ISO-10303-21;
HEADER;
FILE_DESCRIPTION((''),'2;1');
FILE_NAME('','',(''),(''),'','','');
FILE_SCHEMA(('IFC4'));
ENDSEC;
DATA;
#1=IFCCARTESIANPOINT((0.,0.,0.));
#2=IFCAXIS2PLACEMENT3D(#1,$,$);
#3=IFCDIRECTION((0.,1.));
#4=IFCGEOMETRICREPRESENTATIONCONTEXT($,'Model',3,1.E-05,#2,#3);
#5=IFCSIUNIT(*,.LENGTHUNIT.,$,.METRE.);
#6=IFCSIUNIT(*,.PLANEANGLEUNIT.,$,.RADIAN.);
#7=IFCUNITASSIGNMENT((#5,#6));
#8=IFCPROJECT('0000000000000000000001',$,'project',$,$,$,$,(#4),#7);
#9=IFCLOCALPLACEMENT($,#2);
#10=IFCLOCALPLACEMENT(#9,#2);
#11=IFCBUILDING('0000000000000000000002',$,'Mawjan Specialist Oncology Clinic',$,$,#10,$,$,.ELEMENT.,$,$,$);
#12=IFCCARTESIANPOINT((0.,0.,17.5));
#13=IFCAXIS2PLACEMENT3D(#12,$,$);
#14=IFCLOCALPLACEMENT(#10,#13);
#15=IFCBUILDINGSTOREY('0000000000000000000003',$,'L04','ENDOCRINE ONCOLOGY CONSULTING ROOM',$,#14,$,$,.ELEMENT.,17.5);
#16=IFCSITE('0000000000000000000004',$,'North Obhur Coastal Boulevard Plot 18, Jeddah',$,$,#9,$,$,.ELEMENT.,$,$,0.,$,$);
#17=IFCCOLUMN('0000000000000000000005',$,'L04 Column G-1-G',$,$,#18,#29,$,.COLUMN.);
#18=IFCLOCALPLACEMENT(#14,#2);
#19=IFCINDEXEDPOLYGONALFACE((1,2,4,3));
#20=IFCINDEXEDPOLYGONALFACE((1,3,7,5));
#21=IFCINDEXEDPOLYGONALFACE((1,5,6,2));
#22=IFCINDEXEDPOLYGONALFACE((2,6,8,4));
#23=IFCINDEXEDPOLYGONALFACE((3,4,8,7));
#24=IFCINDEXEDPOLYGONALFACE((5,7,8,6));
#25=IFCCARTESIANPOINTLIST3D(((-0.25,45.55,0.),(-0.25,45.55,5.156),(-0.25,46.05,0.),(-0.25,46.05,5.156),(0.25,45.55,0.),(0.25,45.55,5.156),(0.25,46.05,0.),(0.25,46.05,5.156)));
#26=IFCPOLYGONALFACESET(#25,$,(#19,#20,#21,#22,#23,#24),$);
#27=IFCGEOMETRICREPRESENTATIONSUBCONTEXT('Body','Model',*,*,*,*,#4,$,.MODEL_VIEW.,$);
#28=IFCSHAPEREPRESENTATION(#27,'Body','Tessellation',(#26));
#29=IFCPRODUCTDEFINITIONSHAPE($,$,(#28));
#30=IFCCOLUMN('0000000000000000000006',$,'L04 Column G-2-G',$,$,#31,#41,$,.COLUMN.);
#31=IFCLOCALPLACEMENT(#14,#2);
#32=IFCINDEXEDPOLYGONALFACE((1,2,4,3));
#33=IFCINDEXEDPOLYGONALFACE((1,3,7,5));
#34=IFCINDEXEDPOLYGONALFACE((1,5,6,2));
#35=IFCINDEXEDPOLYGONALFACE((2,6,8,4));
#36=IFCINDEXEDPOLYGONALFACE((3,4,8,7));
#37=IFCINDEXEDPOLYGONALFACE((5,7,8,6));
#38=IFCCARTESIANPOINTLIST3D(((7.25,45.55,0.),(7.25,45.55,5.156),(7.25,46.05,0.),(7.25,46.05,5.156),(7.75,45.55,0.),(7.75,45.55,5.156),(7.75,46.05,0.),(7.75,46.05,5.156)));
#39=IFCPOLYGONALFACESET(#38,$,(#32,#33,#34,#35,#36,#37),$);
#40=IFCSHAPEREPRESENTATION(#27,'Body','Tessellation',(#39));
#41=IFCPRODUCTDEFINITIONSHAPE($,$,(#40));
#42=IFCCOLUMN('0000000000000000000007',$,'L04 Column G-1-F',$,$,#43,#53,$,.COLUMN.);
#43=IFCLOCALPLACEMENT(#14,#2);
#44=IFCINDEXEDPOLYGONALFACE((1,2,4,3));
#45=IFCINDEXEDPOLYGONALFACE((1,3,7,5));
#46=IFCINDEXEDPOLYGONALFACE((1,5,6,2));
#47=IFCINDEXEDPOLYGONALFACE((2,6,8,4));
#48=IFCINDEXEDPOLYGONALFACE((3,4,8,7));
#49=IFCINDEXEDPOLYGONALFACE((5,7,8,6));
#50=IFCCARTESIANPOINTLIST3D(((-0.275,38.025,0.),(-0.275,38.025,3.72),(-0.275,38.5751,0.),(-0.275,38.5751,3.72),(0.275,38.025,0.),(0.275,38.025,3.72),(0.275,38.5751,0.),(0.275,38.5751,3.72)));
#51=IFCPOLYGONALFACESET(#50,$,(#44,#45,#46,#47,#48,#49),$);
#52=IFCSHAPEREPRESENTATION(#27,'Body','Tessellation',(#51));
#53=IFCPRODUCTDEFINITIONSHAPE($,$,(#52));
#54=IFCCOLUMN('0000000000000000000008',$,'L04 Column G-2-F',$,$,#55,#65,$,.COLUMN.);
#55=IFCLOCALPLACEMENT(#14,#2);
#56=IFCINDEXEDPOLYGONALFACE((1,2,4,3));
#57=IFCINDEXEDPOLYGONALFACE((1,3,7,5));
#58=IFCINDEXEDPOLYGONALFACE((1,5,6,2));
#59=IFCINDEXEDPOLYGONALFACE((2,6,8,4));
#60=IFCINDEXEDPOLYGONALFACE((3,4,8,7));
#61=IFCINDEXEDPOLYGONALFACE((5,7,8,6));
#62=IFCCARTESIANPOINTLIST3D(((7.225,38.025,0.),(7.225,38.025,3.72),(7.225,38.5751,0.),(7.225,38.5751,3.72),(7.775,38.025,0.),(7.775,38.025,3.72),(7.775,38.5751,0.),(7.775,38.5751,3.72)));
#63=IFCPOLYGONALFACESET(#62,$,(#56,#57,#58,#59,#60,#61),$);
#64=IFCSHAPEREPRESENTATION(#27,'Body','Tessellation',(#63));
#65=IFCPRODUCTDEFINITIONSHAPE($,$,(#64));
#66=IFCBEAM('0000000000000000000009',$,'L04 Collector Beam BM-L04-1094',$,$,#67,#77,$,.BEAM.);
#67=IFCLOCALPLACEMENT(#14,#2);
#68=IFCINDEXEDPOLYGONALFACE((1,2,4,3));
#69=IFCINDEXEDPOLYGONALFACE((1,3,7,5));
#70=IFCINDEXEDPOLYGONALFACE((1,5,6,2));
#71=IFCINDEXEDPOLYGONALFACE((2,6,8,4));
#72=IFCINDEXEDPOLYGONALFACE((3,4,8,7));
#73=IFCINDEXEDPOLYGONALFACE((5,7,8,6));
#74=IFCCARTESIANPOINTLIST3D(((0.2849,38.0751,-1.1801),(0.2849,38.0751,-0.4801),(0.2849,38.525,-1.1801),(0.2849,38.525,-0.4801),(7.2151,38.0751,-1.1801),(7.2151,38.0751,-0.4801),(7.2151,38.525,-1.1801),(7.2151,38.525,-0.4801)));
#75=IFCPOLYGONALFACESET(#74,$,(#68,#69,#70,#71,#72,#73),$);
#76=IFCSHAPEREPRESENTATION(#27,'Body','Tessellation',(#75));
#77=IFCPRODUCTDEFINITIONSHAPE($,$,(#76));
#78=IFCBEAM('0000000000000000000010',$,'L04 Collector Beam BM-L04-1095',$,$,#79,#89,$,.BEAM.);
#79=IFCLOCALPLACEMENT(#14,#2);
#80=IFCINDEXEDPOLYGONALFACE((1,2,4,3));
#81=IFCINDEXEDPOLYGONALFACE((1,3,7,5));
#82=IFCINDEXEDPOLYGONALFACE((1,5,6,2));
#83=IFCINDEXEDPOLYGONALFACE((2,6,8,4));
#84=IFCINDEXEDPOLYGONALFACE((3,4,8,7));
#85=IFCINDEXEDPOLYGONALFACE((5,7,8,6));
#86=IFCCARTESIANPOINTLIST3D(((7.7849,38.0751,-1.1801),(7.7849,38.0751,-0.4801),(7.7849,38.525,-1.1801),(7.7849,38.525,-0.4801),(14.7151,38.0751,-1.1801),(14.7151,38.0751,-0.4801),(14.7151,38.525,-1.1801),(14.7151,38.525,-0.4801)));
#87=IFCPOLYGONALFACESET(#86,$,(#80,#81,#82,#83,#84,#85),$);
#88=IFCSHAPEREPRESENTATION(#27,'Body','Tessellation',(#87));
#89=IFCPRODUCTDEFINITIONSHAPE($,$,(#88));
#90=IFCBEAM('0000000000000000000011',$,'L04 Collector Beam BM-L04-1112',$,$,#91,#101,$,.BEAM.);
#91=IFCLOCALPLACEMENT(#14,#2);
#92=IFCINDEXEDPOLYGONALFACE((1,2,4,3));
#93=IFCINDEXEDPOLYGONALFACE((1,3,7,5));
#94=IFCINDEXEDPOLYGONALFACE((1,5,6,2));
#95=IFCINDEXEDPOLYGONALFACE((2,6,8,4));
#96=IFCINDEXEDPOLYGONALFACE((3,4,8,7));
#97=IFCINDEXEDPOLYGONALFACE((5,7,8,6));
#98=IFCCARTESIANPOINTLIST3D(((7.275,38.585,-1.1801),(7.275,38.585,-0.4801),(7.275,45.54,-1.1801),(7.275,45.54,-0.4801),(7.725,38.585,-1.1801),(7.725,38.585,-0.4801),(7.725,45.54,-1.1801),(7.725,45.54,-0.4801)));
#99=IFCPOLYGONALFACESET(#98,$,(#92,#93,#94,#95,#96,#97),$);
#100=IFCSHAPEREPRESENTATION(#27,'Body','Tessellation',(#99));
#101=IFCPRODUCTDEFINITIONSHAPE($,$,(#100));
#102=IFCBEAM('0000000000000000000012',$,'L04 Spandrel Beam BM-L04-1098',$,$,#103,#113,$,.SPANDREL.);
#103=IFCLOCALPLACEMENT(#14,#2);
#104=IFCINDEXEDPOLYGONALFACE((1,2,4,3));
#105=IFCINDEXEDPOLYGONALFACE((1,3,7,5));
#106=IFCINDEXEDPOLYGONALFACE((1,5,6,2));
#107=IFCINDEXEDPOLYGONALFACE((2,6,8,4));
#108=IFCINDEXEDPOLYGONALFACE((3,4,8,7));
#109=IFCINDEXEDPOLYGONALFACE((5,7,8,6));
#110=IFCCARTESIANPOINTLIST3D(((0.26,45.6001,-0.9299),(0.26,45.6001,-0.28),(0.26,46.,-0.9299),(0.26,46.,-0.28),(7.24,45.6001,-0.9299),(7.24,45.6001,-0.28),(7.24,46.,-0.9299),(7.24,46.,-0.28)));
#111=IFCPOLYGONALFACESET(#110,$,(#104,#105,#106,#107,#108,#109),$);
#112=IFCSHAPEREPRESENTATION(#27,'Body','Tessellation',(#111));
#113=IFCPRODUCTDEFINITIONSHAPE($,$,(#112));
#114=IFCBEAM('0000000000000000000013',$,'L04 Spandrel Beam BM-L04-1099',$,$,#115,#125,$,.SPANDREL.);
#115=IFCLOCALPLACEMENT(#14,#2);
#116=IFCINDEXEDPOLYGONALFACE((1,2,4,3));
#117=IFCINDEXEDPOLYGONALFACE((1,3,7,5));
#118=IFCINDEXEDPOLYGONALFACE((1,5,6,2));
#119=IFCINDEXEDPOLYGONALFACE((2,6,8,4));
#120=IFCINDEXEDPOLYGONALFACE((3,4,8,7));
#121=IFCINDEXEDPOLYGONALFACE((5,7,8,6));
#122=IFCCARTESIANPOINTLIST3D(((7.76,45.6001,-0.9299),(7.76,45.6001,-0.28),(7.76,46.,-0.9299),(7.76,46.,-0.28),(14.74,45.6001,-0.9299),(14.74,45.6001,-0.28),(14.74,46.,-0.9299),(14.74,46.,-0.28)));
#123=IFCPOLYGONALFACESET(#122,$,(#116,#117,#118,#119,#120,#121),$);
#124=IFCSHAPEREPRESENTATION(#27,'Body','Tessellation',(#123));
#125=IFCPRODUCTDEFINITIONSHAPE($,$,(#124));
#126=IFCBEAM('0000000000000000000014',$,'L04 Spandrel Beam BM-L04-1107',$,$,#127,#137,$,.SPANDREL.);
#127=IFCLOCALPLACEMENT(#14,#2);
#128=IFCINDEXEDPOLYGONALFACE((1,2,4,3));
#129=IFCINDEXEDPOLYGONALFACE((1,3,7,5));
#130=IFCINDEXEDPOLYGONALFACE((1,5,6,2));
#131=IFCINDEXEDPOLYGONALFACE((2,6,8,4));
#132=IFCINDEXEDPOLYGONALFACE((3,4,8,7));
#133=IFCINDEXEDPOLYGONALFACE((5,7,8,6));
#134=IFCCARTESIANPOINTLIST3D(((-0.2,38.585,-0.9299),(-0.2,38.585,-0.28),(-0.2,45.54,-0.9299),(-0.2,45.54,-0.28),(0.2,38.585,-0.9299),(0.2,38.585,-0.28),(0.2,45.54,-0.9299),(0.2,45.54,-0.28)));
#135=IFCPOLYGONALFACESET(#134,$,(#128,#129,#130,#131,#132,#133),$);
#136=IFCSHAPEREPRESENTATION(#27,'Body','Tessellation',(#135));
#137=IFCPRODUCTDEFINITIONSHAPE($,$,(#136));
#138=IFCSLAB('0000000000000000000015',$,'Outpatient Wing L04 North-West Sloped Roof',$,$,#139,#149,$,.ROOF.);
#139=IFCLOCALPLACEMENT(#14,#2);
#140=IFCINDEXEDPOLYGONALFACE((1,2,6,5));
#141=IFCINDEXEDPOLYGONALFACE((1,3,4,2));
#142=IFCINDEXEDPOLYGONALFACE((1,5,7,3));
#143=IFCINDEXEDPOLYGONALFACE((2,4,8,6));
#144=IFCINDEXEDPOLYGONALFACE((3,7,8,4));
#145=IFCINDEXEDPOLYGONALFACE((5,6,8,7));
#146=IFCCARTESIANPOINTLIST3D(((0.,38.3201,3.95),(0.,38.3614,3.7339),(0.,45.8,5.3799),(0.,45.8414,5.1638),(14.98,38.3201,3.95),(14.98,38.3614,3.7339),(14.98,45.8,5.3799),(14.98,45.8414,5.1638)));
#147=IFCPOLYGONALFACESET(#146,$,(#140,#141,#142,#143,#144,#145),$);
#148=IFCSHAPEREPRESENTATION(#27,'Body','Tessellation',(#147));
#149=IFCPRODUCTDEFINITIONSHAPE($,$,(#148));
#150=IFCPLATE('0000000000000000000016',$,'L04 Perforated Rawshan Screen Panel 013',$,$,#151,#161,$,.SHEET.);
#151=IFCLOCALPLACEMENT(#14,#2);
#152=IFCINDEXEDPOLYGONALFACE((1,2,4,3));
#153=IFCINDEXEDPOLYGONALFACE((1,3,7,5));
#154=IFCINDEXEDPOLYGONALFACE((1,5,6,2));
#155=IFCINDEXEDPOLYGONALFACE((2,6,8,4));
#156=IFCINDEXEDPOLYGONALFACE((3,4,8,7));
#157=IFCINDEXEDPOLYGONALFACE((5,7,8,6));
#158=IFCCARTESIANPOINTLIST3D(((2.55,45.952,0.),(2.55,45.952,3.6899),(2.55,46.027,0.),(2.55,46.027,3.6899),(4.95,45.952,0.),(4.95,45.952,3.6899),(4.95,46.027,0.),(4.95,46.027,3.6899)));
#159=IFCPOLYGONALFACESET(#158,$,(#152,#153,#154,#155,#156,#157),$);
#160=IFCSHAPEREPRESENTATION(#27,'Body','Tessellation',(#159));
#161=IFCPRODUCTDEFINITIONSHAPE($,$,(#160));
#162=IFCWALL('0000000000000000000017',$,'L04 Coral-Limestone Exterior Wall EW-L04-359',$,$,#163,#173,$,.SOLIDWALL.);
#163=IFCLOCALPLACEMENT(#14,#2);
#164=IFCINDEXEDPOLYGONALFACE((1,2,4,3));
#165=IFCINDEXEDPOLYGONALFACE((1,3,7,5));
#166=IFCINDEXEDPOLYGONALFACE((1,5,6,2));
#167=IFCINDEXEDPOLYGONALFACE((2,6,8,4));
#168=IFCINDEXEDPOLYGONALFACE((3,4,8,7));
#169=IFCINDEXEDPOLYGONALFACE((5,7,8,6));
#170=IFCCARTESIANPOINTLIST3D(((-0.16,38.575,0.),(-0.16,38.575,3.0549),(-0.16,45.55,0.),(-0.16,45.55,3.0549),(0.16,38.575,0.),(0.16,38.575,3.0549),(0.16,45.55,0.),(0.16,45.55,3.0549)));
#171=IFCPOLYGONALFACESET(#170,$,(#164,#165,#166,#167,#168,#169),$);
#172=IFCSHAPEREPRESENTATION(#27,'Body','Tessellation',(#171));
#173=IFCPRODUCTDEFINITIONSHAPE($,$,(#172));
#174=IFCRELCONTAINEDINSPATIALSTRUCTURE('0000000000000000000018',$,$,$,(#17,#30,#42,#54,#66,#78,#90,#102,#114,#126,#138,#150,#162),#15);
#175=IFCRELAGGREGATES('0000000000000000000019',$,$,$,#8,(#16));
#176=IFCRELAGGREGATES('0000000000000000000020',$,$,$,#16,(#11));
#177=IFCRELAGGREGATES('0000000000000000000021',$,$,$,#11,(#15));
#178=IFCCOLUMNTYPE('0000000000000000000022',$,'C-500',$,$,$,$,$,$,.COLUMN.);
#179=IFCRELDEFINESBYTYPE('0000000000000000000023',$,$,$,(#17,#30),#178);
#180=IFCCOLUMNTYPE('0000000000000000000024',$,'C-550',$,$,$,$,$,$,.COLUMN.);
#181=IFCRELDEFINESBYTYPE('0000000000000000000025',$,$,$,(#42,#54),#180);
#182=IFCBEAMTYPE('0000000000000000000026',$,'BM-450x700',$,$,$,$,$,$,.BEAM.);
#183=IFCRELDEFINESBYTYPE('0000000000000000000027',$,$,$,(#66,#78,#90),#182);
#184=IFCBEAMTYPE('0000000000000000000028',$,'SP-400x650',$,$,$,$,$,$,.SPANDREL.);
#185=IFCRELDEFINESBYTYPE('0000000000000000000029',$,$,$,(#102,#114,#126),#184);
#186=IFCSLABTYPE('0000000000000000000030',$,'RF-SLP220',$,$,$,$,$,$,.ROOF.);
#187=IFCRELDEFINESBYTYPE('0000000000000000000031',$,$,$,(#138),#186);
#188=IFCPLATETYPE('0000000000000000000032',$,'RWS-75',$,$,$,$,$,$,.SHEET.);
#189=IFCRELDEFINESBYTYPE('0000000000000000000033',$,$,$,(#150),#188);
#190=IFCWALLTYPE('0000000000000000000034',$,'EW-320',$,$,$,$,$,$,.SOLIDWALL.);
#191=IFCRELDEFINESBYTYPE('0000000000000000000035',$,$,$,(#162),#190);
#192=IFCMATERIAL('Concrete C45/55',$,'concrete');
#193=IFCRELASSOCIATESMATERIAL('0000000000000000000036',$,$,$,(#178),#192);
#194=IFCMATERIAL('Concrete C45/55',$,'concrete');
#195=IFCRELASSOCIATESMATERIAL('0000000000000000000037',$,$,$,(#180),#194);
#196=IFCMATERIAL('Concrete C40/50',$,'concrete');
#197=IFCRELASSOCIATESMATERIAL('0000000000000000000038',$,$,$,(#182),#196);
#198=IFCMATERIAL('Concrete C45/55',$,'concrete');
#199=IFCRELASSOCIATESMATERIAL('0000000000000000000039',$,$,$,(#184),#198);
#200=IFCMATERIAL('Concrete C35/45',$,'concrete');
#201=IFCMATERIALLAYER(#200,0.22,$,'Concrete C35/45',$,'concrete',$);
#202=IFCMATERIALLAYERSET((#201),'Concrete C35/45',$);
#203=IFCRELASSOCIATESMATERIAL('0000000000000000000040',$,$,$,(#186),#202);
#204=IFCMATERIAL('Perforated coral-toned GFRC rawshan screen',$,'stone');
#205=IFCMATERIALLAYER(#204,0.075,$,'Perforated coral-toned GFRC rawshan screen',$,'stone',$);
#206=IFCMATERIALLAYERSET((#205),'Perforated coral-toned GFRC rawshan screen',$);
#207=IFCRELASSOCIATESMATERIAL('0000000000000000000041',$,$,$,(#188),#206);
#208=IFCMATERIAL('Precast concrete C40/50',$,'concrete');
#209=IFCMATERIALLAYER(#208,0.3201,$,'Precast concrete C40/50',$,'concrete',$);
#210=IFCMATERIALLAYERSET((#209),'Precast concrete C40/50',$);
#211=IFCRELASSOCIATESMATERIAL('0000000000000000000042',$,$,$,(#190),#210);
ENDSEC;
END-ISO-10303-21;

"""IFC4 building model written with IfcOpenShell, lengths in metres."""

from ifc_helpers import new_model, si_unit, direction, frame, frame_2d, origin, origin_2d, place, context, subcontext, project, spatial, polyline, rectangle, outline, extrude, material, layer, layer_set, material_profile, profile_set, type_object, element, save


model = new_model("IFC4")

# Units and contexts
model_context = context("Model", 3, precision=1e-05, world=origin(), true_north=direction((0.0, 1.0)))
body_context = subcontext(model_context, "Body", "Model", "MODEL_VIEW")
ifc_project = project(units=[si_unit("LENGTHUNIT", "METRE"), si_unit("PLANEANGLEUNIT", "RADIAN")], contexts=[model_context])

# Site, building, storey
site_placement = place(None, origin())
site = spatial("IfcSite", under=ifc_project, at=site_placement, Name="North Obhur Coastal Boulevard Plot 18, Jeddah", CompositionType="ELEMENT", RefElevation=0.0)
building_placement = place(site_placement, origin())
building = spatial("IfcBuilding", under=site, at=building_placement, Name="Mawjan Specialist Oncology Clinic", CompositionType="ELEMENT")
storey_placement = place(building_placement, frame((0.0, 0.0, 17.5)))
storey = spatial("IfcBuildingStorey", under=building, at=storey_placement, Name="L04", Description="ENDOCRINE ONCOLOGY CONSULTING ROOM", CompositionType="ELEMENT", Elevation=17.5)

# Columns
ifc_material_1 = material(Name="Concrete C45/55", Category="concrete")
ifc_material_profile_1 = material_profile(ifc_material_1, rectangle(XDim=0.5, YDim=0.5, at=origin_2d()), Name="RC COL 500x500", Category="concrete")
ifc_profile_set_1 = profile_set([ifc_material_profile_1], Name="Concrete C45/55")
column_type_1 = type_object("IfcColumnType", Name="C-500", PredefinedType="COLUMN", material=ifc_profile_set_1)
for number, where, z_axis, x_axis, name in (
    (1, (0.0, 45.8, 0.0), (0.0, 0.0, 1.0), (1.0, 0.0, 0.0), "L04 Column G-1-G"),
    (2, (7.5, 45.8, 0.0), (0.0, 0.0, 1.0), (1.0, 0.0, 0.0), "L04 Column G-2-G"),
):
    element("IfcColumn", number, at=place(storey_placement, frame(where, z_axis=z_axis, x_axis=x_axis)), inside=storey, type_object=column_type_1, Name=name, PredefinedType="COLUMN", context=body_context, shape_type="SweptSolid", body=[
        extrude(rectangle(XDim=0.5, YDim=0.5, at=origin_2d()), origin(), (0.0, 0.0, 1.0), 5.156),
    ])
ifc_material_2 = material(Name="Concrete C45/55", Category="concrete")
ifc_material_profile_2 = material_profile(ifc_material_2, rectangle(XDim=0.55, YDim=0.55, at=origin_2d()), Name="RC COL 550x550", Category="concrete")
ifc_profile_set_2 = profile_set([ifc_material_profile_2], Name="Concrete C45/55")
column_type_2 = type_object("IfcColumnType", Name="C-550", PredefinedType="COLUMN", material=ifc_profile_set_2)
for number, where, z_axis, x_axis, name in (
    (3, (0.0, 38.3, 0.0), (0.0, 0.0, 1.0), (1.0, 0.0, 0.0), "L04 Column G-1-F"),
    (4, (7.5, 38.3, 0.0), (0.0, 0.0, 1.0), (1.0, 0.0, 0.0), "L04 Column G-2-F"),
):
    element("IfcColumn", number, at=place(storey_placement, frame(where, z_axis=z_axis, x_axis=x_axis)), inside=storey, type_object=column_type_2, Name=name, PredefinedType="COLUMN", context=body_context, shape_type="SweptSolid", body=[
        extrude(rectangle(XDim=0.55, YDim=0.55, at=origin_2d()), origin(), (0.0, 0.0, 1.0), 3.72),
    ])

# Beams
ifc_material_3 = material(Name="Concrete C40/50", Category="concrete")
ifc_material_profile_3 = material_profile(ifc_material_3, rectangle(XDim=0.45, YDim=0.7, at=origin_2d()), Name="RC BM 450x700", Category="concrete")
ifc_profile_set_3 = profile_set([ifc_material_profile_3], Name="Concrete C40/50")
beam_type_1 = type_object("IfcBeamType", Name="BM-450x700", PredefinedType="BEAM", material=ifc_profile_set_3)
for number, where, z_axis, x_axis, name in (
    (5, (0.2849, 38.3, -0.8301), (1.0, 0.0, 0.0), (0.0, 1.0, 0.0), "L04 Collector Beam BM-L04-1094"),
    (6, (7.7849, 38.3, -0.8301), (1.0, 0.0, 0.0), (0.0, 1.0, 0.0), "L04 Collector Beam BM-L04-1095"),
):
    element("IfcBeam", number, at=place(storey_placement, frame(where, z_axis=z_axis, x_axis=x_axis)), inside=storey, type_object=beam_type_1, Name=name, PredefinedType="BEAM", context=body_context, shape_type="SweptSolid", body=[
        extrude(rectangle(XDim=0.45, YDim=0.7, at=origin_2d()), origin(), (0.0, 0.0, 1.0), 6.9302),
    ])
beam_1_placement = place(storey_placement, frame((7.5, 38.585, -0.8301), z_axis=(0.0, 1.0, 0.0), x_axis=(-1.0, 0.0, 0.0)))
element("IfcBeam", 7, at=beam_1_placement, inside=storey, type_object=beam_type_1, Name="L04 Collector Beam BM-L04-1112", PredefinedType="BEAM", context=body_context, shape_type="SweptSolid", body=[
    extrude(rectangle(XDim=0.45, YDim=0.7, at=origin_2d()), origin(), (0.0, 0.0, 1.0), 6.9551),
])
ifc_material_4 = material(Name="Concrete C45/55", Category="concrete")
ifc_material_profile_4 = material_profile(ifc_material_4, rectangle(XDim=0.3999, YDim=0.6499, at=origin_2d()), Name="RC BM 400x650", Category="concrete")
ifc_profile_set_4 = profile_set([ifc_material_profile_4], Name="Concrete C45/55")
beam_type_2 = type_object("IfcBeamType", Name="SP-400x650", PredefinedType="SPANDREL", material=ifc_profile_set_4)
for number, where, z_axis, x_axis, name in (
    (8, (0.26, 45.8, -0.605), (1.0, 0.0, 0.0), (0.0, 1.0, 0.0), "L04 Spandrel Beam BM-L04-1098"),
    (9, (7.76, 45.8, -0.605), (1.0, 0.0, 0.0), (0.0, 1.0, 0.0), "L04 Spandrel Beam BM-L04-1099"),
):
    element("IfcBeam", number, at=place(storey_placement, frame(where, z_axis=z_axis, x_axis=x_axis)), inside=storey, type_object=beam_type_2, Name=name, PredefinedType="SPANDREL", context=body_context, shape_type="SweptSolid", body=[
        extrude(rectangle(XDim=0.3999, YDim=0.6499, at=origin_2d()), origin(), (0.0, 0.0, 1.0), 6.98),
    ])
beam_2_placement = place(storey_placement, frame((0.0, 38.585, -0.605), z_axis=(0.0, 1.0, 0.0), x_axis=(-1.0, 0.0, 0.0)))
element("IfcBeam", 10, at=beam_2_placement, inside=storey, type_object=beam_type_2, Name="L04 Spandrel Beam BM-L04-1107", PredefinedType="SPANDREL", context=body_context, shape_type="SweptSolid", body=[
    extrude(rectangle(XDim=0.3999, YDim=0.6499, at=origin_2d()), origin(), (0.0, 0.0, 1.0), 6.9551),
])

# Slab
ifc_material_5 = material(Name="Concrete C35/45", Category="concrete")
ifc_layer_1 = layer(ifc_material_5, 0.22, Name="Concrete C35/45", Category="concrete")
ifc_layer_set_1 = layer_set([ifc_layer_1], Name="Concrete C35/45")
slab_type = type_object("IfcSlabType", Name="RF-SLP220", PredefinedType="ROOF", material=ifc_layer_set_1)
slab_placement = place(storey_placement, frame((0.0, 38.3201, 3.95), z_axis=(0.0, -0.187768, 0.982213), x_axis=(1.0, 0.0, 0.0)))
element("IfcSlab", 11, at=slab_placement, inside=storey, type_object=slab_type, Name="Outpatient Wing L04 North-West Sloped Roof", PredefinedType="ROOF", context=body_context, shape_type="SweptSolid", body=[
    extrude(outline(polyline([(0.0, 0.0), (14.98, 0.0), (14.98, 7.6154), (0.0, 7.6154), (0.0, 0.0)])), origin(), (0.0, 0.0, -1.0), 0.22),
])

# Plate
ifc_material_6 = material(Name="Perforated coral-toned GFRC rawshan screen", Category="stone")
ifc_layer_2 = layer(ifc_material_6, 0.075, Name="Perforated coral-toned GFRC rawshan screen", Category="stone")
ifc_layer_set_2 = layer_set([ifc_layer_2], Name="Perforated coral-toned GFRC rawshan screen")
plate_type = type_object("IfcPlateType", Name="RWS-75", PredefinedType="SHEET", material=ifc_layer_set_2)
plate_placement = place(storey_placement, frame((3.75, 45.9895, 0.0), z_axis=(0.0, 0.0, 1.0), x_axis=(1.0, 0.0, 0.0)))
element("IfcPlate", 12, at=plate_placement, inside=storey, type_object=plate_type, Name="L04 Perforated Rawshan Screen Panel 013", PredefinedType="SHEET", context=body_context, shape_type="SweptSolid", body=[
    extrude(rectangle(XDim=2.3999, YDim=0.075, at=origin_2d()), origin(), (0.0, 0.0, 1.0), 3.6899),
])

# Wall
ifc_material_7 = material(Name="Precast concrete C40/50", Category="concrete")
ifc_layer_3 = layer(ifc_material_7, 0.3201, Name="Precast concrete C40/50", Category="concrete")
ifc_layer_set_3 = layer_set([ifc_layer_3], Name="Precast concrete C40/50")
wall_type_1 = type_object("IfcWallType", Name="EW-320", PredefinedType="SOLIDWALL", material=ifc_layer_set_3)
wall_1_placement = place(storey_placement, frame((0.0, 38.575, 0.0), z_axis=(0.0, 0.0, 1.0), x_axis=(0.0, 1.0, 0.0)))
element("IfcWall", 13, at=wall_1_placement, inside=storey, type_object=wall_type_1, Name="L04 Coral-Limestone Exterior Wall EW-L04-359", PredefinedType="SOLIDWALL", context=body_context, shape_type="SweptSolid", body=[
    extrude(rectangle(XDim=6.9751, YDim=0.3201, at=frame_2d((3.4875, 0.0))), origin(), (0.0, 0.0, 1.0), 3.0549),
])

save(model, "model.ifc")
